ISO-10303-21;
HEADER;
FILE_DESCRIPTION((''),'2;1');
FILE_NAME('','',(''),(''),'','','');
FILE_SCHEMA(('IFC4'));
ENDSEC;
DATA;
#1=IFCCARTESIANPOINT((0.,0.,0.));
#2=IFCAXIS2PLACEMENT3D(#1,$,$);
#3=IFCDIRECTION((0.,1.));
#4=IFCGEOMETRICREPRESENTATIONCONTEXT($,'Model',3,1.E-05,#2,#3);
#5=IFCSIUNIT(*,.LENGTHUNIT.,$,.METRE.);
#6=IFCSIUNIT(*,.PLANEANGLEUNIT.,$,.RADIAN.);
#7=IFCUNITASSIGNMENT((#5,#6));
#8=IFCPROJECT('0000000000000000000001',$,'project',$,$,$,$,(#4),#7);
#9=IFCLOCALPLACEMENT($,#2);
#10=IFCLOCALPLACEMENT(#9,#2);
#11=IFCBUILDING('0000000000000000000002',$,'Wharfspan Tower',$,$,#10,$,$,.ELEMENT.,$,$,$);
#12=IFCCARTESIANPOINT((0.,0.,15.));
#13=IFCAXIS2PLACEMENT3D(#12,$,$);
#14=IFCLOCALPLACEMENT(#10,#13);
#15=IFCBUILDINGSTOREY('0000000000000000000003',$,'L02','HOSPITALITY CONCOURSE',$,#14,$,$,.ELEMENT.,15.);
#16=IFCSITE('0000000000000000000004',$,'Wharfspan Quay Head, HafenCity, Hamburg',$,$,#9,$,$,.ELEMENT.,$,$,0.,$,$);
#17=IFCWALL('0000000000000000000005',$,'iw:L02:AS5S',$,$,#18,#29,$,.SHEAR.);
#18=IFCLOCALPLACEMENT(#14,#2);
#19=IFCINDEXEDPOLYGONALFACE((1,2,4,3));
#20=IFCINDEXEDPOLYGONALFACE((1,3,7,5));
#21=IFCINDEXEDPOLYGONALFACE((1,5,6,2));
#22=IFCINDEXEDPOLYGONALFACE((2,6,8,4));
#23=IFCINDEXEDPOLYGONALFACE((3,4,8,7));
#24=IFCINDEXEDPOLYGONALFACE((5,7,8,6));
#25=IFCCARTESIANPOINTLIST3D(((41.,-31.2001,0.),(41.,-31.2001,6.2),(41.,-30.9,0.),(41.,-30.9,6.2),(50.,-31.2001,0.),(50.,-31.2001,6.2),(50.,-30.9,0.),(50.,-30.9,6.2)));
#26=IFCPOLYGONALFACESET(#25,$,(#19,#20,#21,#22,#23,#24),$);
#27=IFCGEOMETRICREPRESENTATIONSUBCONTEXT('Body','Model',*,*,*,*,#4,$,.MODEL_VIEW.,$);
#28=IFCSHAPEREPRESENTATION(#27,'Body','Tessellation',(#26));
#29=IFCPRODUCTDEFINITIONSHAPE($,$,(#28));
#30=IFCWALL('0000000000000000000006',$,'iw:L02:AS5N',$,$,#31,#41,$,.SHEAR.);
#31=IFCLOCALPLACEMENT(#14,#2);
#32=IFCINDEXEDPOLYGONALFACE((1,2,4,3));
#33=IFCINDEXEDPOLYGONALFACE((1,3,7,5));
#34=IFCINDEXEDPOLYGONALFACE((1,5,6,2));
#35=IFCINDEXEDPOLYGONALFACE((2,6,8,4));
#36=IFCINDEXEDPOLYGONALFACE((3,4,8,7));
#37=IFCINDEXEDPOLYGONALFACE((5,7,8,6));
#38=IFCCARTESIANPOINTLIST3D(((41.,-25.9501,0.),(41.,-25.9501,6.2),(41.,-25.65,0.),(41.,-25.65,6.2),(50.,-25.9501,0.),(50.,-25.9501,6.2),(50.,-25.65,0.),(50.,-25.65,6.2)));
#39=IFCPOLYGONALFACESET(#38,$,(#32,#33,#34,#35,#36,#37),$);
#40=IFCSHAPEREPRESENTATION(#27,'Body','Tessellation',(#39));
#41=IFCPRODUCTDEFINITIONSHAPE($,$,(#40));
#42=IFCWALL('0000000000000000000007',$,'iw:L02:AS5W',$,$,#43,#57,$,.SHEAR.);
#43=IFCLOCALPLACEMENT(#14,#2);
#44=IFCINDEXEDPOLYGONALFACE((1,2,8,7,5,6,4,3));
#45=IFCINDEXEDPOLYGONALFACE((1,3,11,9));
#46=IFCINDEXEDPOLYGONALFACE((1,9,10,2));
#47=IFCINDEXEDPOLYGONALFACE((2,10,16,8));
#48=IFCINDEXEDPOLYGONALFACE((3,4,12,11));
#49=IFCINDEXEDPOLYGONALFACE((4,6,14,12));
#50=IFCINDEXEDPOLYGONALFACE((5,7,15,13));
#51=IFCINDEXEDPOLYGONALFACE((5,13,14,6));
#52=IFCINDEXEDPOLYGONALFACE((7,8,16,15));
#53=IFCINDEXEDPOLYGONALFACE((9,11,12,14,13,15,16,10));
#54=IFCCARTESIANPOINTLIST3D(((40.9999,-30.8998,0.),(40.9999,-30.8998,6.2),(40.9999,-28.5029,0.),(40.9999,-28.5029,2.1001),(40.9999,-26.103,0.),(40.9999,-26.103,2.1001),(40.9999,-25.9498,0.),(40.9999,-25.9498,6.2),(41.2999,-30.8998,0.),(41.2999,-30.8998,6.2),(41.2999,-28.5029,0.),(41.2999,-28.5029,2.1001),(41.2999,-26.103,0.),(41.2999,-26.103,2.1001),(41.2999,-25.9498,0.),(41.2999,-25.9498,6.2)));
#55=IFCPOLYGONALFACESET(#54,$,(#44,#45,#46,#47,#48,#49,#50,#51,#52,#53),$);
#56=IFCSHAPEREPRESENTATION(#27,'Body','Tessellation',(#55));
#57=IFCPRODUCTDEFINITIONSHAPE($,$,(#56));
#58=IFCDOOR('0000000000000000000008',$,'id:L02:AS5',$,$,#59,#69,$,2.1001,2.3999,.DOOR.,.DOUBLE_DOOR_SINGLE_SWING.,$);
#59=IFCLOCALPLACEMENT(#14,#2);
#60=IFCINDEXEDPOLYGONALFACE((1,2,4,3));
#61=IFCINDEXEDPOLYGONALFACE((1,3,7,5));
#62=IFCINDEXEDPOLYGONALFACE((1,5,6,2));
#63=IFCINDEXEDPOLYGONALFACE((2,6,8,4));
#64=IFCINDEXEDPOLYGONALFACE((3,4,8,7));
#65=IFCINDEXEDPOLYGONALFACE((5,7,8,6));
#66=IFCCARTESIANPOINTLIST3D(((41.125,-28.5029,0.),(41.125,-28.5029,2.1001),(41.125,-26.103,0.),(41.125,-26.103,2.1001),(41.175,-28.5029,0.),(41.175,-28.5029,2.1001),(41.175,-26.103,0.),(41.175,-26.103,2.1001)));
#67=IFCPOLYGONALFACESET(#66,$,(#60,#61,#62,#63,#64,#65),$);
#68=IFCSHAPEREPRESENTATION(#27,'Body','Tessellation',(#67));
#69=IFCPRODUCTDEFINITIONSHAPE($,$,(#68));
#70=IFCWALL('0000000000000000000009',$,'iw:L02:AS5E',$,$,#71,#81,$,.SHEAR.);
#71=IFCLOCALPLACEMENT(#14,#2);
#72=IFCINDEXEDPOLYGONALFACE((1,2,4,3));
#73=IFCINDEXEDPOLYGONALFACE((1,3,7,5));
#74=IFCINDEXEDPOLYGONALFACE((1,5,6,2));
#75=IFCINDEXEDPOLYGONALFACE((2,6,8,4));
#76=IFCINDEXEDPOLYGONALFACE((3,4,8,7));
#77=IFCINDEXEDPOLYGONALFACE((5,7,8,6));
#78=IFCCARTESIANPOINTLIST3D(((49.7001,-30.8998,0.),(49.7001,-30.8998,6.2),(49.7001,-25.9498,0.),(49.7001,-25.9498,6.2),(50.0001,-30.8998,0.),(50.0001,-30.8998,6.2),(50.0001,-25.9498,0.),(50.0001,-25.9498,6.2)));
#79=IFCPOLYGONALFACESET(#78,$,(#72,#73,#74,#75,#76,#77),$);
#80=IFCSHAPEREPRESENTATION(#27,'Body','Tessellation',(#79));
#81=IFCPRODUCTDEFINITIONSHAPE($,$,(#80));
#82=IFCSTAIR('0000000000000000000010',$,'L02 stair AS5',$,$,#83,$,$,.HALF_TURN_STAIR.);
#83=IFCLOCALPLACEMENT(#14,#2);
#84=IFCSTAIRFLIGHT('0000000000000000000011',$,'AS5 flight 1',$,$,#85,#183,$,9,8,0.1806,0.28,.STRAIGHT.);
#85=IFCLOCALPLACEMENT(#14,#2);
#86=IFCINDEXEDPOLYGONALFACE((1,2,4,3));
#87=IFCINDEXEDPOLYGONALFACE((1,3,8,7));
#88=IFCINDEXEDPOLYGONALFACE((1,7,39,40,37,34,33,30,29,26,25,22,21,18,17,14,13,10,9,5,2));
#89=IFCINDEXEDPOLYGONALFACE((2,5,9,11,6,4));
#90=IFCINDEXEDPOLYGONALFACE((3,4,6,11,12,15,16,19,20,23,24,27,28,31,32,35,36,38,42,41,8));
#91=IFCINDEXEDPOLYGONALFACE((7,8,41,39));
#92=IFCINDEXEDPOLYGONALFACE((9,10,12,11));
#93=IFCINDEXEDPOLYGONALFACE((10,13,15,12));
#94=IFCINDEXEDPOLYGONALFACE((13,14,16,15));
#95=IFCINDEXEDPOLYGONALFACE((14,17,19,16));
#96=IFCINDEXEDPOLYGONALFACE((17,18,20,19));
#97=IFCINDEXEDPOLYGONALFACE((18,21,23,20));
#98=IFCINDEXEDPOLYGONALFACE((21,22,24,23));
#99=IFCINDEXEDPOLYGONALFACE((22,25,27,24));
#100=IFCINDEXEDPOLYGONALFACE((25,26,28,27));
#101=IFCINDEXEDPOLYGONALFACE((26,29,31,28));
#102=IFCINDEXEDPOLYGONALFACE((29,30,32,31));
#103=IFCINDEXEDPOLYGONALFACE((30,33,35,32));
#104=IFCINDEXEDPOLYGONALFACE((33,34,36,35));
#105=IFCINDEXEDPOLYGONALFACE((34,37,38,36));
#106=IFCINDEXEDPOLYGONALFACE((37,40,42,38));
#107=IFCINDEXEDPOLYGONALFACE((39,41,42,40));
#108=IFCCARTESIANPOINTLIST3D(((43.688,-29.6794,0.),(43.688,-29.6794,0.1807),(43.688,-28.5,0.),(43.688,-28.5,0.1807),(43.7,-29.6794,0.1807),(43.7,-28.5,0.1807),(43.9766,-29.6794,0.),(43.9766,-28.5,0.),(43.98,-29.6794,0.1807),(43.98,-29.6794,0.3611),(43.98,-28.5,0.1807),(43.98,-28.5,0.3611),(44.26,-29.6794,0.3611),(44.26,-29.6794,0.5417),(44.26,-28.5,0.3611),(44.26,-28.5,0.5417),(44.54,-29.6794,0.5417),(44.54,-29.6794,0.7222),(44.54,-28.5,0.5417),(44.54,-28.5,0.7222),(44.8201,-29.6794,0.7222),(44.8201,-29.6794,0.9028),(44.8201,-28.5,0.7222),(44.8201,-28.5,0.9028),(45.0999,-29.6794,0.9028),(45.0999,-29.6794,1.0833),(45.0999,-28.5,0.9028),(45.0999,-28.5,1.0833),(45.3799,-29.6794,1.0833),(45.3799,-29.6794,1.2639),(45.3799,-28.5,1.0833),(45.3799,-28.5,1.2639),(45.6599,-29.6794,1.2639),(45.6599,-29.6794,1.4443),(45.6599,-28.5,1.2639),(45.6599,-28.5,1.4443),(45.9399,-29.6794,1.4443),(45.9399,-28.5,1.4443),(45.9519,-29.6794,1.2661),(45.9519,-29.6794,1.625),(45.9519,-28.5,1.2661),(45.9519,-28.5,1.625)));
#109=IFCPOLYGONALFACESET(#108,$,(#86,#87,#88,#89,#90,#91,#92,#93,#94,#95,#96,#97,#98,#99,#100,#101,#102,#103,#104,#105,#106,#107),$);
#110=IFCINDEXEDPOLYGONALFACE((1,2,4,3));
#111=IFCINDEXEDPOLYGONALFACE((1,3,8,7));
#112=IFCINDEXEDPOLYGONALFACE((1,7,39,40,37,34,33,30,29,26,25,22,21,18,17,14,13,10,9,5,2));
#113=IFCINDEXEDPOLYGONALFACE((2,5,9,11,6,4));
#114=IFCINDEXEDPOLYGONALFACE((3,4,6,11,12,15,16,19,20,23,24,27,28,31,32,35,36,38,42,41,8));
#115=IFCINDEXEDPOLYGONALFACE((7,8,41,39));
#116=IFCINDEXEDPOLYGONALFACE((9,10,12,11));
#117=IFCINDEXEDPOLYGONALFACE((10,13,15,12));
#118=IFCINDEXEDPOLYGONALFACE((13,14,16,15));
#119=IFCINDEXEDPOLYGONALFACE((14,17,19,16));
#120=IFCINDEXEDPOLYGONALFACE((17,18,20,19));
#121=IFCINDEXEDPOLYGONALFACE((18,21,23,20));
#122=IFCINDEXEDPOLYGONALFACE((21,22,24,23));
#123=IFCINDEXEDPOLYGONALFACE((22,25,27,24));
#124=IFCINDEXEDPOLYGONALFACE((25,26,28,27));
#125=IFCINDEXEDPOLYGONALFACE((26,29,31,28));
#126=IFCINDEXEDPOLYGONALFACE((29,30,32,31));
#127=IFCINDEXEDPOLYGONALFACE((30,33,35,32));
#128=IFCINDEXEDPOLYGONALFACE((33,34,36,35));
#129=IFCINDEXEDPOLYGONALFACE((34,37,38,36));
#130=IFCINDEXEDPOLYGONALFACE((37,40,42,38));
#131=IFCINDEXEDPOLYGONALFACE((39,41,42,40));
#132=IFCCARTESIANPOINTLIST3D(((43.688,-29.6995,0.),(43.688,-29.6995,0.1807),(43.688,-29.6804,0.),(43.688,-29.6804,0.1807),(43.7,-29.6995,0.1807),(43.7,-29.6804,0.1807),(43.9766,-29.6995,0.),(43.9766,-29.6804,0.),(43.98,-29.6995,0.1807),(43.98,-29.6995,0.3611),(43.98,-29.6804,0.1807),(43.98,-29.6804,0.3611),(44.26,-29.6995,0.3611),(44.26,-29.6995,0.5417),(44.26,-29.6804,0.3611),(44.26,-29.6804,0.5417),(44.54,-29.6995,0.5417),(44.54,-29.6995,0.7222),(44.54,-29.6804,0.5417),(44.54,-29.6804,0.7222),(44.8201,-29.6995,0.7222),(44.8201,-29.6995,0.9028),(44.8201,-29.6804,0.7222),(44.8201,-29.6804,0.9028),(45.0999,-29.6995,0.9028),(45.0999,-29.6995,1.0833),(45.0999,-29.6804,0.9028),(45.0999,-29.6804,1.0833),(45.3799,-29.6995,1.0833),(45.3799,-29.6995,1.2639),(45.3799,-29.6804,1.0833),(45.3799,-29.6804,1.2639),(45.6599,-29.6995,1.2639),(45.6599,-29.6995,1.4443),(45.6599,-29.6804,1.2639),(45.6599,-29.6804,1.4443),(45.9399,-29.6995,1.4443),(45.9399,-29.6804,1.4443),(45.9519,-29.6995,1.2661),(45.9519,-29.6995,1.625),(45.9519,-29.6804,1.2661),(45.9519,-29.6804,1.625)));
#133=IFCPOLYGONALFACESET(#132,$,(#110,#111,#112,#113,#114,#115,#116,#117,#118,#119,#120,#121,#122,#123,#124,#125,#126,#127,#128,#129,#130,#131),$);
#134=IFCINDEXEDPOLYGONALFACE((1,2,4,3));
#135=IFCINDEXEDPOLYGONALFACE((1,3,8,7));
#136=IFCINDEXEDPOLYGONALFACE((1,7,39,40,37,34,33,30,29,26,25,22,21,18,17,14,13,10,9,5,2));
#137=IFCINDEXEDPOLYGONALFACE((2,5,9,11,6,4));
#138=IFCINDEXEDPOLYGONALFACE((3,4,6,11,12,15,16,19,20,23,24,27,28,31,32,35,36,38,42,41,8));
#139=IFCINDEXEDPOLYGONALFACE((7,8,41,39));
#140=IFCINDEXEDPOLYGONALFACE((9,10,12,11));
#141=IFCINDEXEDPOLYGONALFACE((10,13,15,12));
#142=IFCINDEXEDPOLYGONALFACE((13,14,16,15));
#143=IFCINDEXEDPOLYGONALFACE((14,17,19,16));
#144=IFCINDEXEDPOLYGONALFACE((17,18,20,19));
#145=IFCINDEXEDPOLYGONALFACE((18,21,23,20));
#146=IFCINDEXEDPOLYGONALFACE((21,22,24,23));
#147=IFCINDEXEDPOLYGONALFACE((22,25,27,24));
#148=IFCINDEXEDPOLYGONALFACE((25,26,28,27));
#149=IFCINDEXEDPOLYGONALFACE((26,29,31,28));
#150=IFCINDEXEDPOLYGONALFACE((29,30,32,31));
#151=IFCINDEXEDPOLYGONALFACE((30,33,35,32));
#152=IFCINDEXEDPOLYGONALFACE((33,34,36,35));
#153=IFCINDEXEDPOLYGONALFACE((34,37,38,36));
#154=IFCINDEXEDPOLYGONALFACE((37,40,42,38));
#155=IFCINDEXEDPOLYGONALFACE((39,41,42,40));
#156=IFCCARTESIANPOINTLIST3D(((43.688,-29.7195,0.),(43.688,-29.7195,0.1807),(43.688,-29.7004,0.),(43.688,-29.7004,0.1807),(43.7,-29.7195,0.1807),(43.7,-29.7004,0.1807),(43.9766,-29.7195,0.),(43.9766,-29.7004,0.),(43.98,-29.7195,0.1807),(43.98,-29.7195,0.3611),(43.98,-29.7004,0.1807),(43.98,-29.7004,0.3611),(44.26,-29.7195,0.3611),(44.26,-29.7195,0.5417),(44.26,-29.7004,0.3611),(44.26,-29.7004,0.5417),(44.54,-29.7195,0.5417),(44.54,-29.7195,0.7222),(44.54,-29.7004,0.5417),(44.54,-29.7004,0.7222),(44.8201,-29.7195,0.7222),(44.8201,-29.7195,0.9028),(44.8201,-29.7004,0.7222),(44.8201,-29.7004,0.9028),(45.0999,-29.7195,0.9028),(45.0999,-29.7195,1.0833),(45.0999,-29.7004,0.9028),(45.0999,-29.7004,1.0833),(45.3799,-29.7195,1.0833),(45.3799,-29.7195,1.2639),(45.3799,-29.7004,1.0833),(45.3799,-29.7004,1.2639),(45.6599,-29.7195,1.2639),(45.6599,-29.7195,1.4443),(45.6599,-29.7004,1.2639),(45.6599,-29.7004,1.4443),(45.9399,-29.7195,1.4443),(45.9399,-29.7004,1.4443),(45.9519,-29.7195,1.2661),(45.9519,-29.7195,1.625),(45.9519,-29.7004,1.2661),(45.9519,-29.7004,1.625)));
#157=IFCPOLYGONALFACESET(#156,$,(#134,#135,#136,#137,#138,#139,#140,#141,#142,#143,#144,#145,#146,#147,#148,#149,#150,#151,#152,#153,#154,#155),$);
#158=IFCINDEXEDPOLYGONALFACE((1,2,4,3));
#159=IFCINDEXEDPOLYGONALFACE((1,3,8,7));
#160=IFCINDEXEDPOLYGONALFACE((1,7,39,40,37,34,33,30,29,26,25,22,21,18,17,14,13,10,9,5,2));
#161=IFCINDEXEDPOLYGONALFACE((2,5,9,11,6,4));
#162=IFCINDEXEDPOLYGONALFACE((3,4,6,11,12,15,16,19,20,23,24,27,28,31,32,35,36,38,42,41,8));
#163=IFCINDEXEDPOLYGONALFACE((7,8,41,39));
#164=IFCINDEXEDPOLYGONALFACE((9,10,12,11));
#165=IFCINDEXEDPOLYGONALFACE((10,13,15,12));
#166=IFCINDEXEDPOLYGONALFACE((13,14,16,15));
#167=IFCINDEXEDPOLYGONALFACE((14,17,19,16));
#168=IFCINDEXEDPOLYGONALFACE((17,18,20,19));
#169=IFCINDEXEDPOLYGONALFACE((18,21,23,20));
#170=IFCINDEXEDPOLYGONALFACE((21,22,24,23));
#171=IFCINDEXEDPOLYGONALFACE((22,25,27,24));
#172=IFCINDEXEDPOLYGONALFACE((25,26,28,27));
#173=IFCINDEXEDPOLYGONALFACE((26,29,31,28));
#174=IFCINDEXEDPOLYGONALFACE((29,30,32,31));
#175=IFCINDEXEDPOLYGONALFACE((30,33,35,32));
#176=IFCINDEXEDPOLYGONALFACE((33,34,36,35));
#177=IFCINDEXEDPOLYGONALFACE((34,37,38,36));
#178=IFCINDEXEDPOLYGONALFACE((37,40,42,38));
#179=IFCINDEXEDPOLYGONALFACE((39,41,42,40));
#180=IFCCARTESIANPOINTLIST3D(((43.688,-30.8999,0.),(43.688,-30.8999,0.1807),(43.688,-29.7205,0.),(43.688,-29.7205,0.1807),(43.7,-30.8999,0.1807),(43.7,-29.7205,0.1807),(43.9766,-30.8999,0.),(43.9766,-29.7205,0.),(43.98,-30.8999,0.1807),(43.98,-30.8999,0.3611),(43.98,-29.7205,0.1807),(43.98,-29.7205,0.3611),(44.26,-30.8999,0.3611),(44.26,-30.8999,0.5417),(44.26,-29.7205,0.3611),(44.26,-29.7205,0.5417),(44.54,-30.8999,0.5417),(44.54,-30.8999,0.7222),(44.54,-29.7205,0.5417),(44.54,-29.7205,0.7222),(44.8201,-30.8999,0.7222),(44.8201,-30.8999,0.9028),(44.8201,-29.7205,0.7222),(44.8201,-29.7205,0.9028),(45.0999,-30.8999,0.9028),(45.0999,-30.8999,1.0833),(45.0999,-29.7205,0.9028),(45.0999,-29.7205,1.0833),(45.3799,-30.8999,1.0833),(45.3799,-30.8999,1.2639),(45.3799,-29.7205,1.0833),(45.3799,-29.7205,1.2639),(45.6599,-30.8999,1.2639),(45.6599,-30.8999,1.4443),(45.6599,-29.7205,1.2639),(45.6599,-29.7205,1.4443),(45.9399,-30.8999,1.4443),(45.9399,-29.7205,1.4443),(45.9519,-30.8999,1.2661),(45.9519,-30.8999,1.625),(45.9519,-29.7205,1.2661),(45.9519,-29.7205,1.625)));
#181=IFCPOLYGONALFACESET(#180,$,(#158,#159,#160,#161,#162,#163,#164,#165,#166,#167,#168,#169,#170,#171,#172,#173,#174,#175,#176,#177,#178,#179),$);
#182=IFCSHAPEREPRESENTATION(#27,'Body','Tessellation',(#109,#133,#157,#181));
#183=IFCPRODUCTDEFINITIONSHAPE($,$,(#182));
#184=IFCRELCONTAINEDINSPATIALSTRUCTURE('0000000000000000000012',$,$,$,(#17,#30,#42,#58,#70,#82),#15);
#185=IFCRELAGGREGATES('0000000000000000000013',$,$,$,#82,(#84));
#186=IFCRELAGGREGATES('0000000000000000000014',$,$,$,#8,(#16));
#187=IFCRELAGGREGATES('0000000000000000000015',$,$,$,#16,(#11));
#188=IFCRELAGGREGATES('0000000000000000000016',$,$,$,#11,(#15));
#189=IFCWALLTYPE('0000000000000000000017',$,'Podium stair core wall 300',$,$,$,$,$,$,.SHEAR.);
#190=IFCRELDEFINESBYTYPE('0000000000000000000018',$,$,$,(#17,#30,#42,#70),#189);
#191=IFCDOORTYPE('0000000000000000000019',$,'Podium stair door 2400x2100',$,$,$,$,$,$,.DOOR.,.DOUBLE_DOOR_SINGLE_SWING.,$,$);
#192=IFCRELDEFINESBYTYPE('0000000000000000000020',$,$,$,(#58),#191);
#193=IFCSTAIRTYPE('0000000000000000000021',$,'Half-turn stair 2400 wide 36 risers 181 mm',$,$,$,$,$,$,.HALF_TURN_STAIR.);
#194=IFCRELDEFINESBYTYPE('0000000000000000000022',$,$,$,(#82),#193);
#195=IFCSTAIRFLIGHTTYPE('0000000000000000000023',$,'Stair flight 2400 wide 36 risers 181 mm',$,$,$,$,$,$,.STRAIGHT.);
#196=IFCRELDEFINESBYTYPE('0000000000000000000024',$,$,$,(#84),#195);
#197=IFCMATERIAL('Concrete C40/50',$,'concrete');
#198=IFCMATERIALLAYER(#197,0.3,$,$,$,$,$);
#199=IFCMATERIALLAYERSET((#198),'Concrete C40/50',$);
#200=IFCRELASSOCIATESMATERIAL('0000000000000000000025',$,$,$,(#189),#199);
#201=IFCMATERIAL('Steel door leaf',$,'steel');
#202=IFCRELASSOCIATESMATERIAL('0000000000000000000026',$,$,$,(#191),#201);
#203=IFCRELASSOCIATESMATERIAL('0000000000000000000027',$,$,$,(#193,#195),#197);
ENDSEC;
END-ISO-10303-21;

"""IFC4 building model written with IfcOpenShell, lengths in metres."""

from ifc_helpers import new_model, si_unit, direction, frame, frame_2d, origin, place, context, subcontext, project, spatial, polyline, rectangle, outline, extrude, material, layer, layer_set, type_object, element, fill, aggregate, save


model = new_model("IFC4")

# Units and contexts
model_context = context("Model", 3, precision=1e-05, world=origin(), true_north=direction((0.0, 1.0)))
body_context = subcontext(model_context, "Body", "Model", "MODEL_VIEW")
ifc_project = project(units=[si_unit("LENGTHUNIT", "METRE"), si_unit("PLANEANGLEUNIT", "RADIAN")], contexts=[model_context])

# Site, building, storey
site_placement = place(None, origin())
site = spatial("IfcSite", under=ifc_project, at=site_placement, Name="Wharfspan Quay Head, HafenCity, Hamburg", CompositionType="ELEMENT", RefElevation=0.0)
building_placement = place(site_placement, origin())
building = spatial("IfcBuilding", under=site, at=building_placement, Name="Wharfspan Tower", CompositionType="ELEMENT")
storey_placement = place(building_placement, frame((0.0, 0.0, 15.0)))
storey = spatial("IfcBuildingStorey", under=building, at=storey_placement, Name="L02", Description="HOSPITALITY CONCOURSE", CompositionType="ELEMENT", Elevation=15.0)

# Walls
ifc_material_1 = material(Name="Concrete C40/50", Category="concrete")
ifc_layer_1 = layer(ifc_material_1, 0.3)
ifc_layer_set_1 = layer_set([ifc_layer_1], Name="Concrete C40/50")
wall_type_1 = type_object("IfcWallType", Name="Podium stair core wall 300", PredefinedType="SHEAR", material=ifc_layer_set_1)
for number, where, z_axis, x_axis, name in (
    (1, (41.0, -31.05, 0.0), (0.0, 0.0, 1.0), (1.0, 0.0, 0.0), "iw:L02:AS5S"),
    (2, (41.0, -25.8, 0.0), (0.0, 0.0, 1.0), (1.0, 0.0, 0.0), "iw:L02:AS5N"),
):
    element("IfcWall", number, at=place(storey_placement, frame(where, z_axis=z_axis, x_axis=x_axis)), inside=storey, type_object=wall_type_1, Name=name, PredefinedType="SHEAR", context=body_context, shape_type="SweptSolid", body=[
        extrude(rectangle(XDim=9.0, YDim=0.3, at=frame_2d((4.5, 0.0))), origin(), (0.0, 0.0, 1.0), 6.2),
    ])

# Wall, opening, door
wall_1_placement = place(storey_placement, frame((41.1499, -30.8999, 0.0), z_axis=(0.0, 0.0, 1.0), x_axis=(0.0, 1.0, 0.0)))
wall_1 = element("IfcWall", 3, at=wall_1_placement, inside=storey, type_object=wall_type_1, Name="iw:L02:AS5W", PredefinedType="SHEAR", context=body_context, shape_type="SweptSolid", body=[
    extrude(rectangle(XDim=4.95, YDim=0.3, at=frame_2d((2.4751, 0.0))), origin(), (0.0, 0.0, 1.0), 6.2),
])
opening_placement = place(wall_1_placement, frame((2.397, 0.0, 0.0)))
opening = element("IfcOpeningElement", 4, at=opening_placement, cuts=wall_1, PredefinedType="OPENING", context=body_context, shape_type="SweptSolid", body=[
    extrude(rectangle(XDim=2.3999, YDim=2.1001, at=frame_2d((1.2, 1.05))), frame((0.0, 0.1599, 0.0), z_axis=(0.0, -1.0, 0.0), x_axis=(1.0, 0.0, 0.0)), (0.0, 0.0, 1.0), 0.3201),
])
ifc_material_2 = material(Name="Steel door leaf", Category="steel")
door_type = type_object("IfcDoorType", Name="Podium stair door 2400x2100", OperationType="DOUBLE_DOOR_SINGLE_SWING", PredefinedType="DOOR", material=ifc_material_2)
door_placement = place(opening_placement, origin())
door = element("IfcDoor", 5, at=door_placement, inside=storey, type_object=door_type, Name="id:L02:AS5", OperationType="DOUBLE_DOOR_SINGLE_SWING", OverallHeight=2.1001, OverallWidth=2.3999, PredefinedType="DOOR", context=body_context, shape_type="SweptSolid", body=[
    extrude(rectangle(XDim=2.3999, YDim=2.1001, at=frame_2d((1.2, 1.05))), frame((0.0, 0.0249, 0.0), z_axis=(0.0, -1.0, 0.0), x_axis=(1.0, 0.0, 0.0)), (0.0, 0.0, 1.0), 0.05),
])
fill(opening, door)

# Wall
wall_2_placement = place(storey_placement, frame((49.8501, -30.8999, 0.0), z_axis=(0.0, 0.0, 1.0), x_axis=(0.0, 1.0, 0.0)))
element("IfcWall", 6, at=wall_2_placement, inside=storey, type_object=wall_type_1, Name="iw:L02:AS5E", PredefinedType="SHEAR", context=body_context, shape_type="SweptSolid", body=[
    extrude(rectangle(XDim=4.95, YDim=0.3, at=frame_2d((2.4751, 0.0))), origin(), (0.0, 0.0, 1.0), 6.2),
])

# Stair, stair flight
stair_type = type_object("IfcStairType", Name="Half-turn stair 2400 wide 36 risers 181 mm", PredefinedType="HALF_TURN_STAIR", material=ifc_material_1)
stair_placement = place(storey_placement, origin())
stair = element("IfcStair", 7, at=stair_placement, inside=storey, type_object=stair_type, Name="L02 stair AS5", PredefinedType="HALF_TURN_STAIR")
stair_flight_type = type_object("IfcStairFlightType", Name="Stair flight 2400 wide 36 risers 181 mm", PredefinedType="STRAIGHT", material=ifc_material_1)
stair_flight_1_placement = place(storey_placement, frame((43.7, -29.7, 0.0), z_axis=(0.0, 0.0, 1.0), x_axis=(1.0, 0.0, 0.0)))
stair_flight_1 = element("IfcStairFlight", 8, at=stair_flight_1_placement, type_object=stair_flight_type, Name="AS5 flight 1", NumberOfRisers=9, NumberOfTreads=8, PredefinedType="STRAIGHT", RiserHeight=0.1806, TreadLength=0.28, context=body_context, shape_type="SweptSolid", body=[
    extrude(outline(polyline([(-0.012, 0.0), (-0.012, 0.1807), (0.0, 0.1807), (0.28, 0.1807), (0.28, 0.3611), (0.5601, 0.3611), (0.5601, 0.5417), (0.8401, 0.5417), (0.8401, 0.7222), (1.1201, 0.7222), (1.1201, 0.9028), (1.3999, 0.9028), (1.3999, 1.0833), (1.6799, 1.0833), (1.6799, 1.2639), (1.96, 1.2639), (1.96, 1.4443), (2.24, 1.4443), (2.252, 1.625), (2.252, 1.2661), (0.2766, 0.0), (-0.012, 0.0)])), frame((0.0, 1.2, 0.0), z_axis=(0.0, -1.0, 0.0), x_axis=(1.0, 0.0, 0.0)), (0.0, 0.0, 1.0), 1.1794),
    extrude(outline(polyline([(-0.012, 0.0), (-0.012, 0.1807), (0.0, 0.1807), (0.28, 0.1807), (0.28, 0.3611), (0.5601, 0.3611), (0.5601, 0.5417), (0.8401, 0.5417), (0.8401, 0.7222), (1.1201, 0.7222), (1.1201, 0.9028), (1.3999, 0.9028), (1.3999, 1.0833), (1.6799, 1.0833), (1.6799, 1.2639), (1.96, 1.2639), (1.96, 1.4443), (2.24, 1.4443), (2.252, 1.625), (2.252, 1.2661), (0.2766, 0.0), (-0.012, 0.0)])), frame((0.0, 0.0195, 0.0), z_axis=(0.0, -1.0, 0.0), x_axis=(1.0, 0.0, 0.0)), (0.0, 0.0, 1.0), 0.019),
    extrude(outline(polyline([(-0.012, 0.0), (-0.012, 0.1807), (0.0, 0.1807), (0.28, 0.1807), (0.28, 0.3611), (0.5601, 0.3611), (0.5601, 0.5417), (0.8401, 0.5417), (0.8401, 0.7222), (1.1201, 0.7222), (1.1201, 0.9028), (1.3999, 0.9028), (1.3999, 1.0833), (1.6799, 1.0833), (1.6799, 1.2639), (1.96, 1.2639), (1.96, 1.4443), (2.24, 1.4443), (2.252, 1.625), (2.252, 1.2661), (0.2766, 0.0), (-0.012, 0.0)])), frame((0.0, -0.0005, 0.0), z_axis=(0.0, -1.0, 0.0), x_axis=(1.0, 0.0, 0.0)), (0.0, 0.0, 1.0), 0.019),
    extrude(outline(polyline([(-0.012, 0.0), (-0.012, 0.1807), (0.0, 0.1807), (0.28, 0.1807), (0.28, 0.3611), (0.5601, 0.3611), (0.5601, 0.5417), (0.8401, 0.5417), (0.8401, 0.7222), (1.1201, 0.7222), (1.1201, 0.9028), (1.3999, 0.9028), (1.3999, 1.0833), (1.6799, 1.0833), (1.6799, 1.2639), (1.96, 1.2639), (1.96, 1.4443), (2.24, 1.4443), (2.252, 1.625), (2.252, 1.2661), (0.2766, 0.0), (-0.012, 0.0)])), frame((0.0, -0.0205, 0.0), z_axis=(0.0, -1.0, 0.0), x_axis=(1.0, 0.0, 0.0)), (0.0, 0.0, 1.0), 1.1794),
])
aggregate(stair, [stair_flight_1])

save(model, "model.ifc")
